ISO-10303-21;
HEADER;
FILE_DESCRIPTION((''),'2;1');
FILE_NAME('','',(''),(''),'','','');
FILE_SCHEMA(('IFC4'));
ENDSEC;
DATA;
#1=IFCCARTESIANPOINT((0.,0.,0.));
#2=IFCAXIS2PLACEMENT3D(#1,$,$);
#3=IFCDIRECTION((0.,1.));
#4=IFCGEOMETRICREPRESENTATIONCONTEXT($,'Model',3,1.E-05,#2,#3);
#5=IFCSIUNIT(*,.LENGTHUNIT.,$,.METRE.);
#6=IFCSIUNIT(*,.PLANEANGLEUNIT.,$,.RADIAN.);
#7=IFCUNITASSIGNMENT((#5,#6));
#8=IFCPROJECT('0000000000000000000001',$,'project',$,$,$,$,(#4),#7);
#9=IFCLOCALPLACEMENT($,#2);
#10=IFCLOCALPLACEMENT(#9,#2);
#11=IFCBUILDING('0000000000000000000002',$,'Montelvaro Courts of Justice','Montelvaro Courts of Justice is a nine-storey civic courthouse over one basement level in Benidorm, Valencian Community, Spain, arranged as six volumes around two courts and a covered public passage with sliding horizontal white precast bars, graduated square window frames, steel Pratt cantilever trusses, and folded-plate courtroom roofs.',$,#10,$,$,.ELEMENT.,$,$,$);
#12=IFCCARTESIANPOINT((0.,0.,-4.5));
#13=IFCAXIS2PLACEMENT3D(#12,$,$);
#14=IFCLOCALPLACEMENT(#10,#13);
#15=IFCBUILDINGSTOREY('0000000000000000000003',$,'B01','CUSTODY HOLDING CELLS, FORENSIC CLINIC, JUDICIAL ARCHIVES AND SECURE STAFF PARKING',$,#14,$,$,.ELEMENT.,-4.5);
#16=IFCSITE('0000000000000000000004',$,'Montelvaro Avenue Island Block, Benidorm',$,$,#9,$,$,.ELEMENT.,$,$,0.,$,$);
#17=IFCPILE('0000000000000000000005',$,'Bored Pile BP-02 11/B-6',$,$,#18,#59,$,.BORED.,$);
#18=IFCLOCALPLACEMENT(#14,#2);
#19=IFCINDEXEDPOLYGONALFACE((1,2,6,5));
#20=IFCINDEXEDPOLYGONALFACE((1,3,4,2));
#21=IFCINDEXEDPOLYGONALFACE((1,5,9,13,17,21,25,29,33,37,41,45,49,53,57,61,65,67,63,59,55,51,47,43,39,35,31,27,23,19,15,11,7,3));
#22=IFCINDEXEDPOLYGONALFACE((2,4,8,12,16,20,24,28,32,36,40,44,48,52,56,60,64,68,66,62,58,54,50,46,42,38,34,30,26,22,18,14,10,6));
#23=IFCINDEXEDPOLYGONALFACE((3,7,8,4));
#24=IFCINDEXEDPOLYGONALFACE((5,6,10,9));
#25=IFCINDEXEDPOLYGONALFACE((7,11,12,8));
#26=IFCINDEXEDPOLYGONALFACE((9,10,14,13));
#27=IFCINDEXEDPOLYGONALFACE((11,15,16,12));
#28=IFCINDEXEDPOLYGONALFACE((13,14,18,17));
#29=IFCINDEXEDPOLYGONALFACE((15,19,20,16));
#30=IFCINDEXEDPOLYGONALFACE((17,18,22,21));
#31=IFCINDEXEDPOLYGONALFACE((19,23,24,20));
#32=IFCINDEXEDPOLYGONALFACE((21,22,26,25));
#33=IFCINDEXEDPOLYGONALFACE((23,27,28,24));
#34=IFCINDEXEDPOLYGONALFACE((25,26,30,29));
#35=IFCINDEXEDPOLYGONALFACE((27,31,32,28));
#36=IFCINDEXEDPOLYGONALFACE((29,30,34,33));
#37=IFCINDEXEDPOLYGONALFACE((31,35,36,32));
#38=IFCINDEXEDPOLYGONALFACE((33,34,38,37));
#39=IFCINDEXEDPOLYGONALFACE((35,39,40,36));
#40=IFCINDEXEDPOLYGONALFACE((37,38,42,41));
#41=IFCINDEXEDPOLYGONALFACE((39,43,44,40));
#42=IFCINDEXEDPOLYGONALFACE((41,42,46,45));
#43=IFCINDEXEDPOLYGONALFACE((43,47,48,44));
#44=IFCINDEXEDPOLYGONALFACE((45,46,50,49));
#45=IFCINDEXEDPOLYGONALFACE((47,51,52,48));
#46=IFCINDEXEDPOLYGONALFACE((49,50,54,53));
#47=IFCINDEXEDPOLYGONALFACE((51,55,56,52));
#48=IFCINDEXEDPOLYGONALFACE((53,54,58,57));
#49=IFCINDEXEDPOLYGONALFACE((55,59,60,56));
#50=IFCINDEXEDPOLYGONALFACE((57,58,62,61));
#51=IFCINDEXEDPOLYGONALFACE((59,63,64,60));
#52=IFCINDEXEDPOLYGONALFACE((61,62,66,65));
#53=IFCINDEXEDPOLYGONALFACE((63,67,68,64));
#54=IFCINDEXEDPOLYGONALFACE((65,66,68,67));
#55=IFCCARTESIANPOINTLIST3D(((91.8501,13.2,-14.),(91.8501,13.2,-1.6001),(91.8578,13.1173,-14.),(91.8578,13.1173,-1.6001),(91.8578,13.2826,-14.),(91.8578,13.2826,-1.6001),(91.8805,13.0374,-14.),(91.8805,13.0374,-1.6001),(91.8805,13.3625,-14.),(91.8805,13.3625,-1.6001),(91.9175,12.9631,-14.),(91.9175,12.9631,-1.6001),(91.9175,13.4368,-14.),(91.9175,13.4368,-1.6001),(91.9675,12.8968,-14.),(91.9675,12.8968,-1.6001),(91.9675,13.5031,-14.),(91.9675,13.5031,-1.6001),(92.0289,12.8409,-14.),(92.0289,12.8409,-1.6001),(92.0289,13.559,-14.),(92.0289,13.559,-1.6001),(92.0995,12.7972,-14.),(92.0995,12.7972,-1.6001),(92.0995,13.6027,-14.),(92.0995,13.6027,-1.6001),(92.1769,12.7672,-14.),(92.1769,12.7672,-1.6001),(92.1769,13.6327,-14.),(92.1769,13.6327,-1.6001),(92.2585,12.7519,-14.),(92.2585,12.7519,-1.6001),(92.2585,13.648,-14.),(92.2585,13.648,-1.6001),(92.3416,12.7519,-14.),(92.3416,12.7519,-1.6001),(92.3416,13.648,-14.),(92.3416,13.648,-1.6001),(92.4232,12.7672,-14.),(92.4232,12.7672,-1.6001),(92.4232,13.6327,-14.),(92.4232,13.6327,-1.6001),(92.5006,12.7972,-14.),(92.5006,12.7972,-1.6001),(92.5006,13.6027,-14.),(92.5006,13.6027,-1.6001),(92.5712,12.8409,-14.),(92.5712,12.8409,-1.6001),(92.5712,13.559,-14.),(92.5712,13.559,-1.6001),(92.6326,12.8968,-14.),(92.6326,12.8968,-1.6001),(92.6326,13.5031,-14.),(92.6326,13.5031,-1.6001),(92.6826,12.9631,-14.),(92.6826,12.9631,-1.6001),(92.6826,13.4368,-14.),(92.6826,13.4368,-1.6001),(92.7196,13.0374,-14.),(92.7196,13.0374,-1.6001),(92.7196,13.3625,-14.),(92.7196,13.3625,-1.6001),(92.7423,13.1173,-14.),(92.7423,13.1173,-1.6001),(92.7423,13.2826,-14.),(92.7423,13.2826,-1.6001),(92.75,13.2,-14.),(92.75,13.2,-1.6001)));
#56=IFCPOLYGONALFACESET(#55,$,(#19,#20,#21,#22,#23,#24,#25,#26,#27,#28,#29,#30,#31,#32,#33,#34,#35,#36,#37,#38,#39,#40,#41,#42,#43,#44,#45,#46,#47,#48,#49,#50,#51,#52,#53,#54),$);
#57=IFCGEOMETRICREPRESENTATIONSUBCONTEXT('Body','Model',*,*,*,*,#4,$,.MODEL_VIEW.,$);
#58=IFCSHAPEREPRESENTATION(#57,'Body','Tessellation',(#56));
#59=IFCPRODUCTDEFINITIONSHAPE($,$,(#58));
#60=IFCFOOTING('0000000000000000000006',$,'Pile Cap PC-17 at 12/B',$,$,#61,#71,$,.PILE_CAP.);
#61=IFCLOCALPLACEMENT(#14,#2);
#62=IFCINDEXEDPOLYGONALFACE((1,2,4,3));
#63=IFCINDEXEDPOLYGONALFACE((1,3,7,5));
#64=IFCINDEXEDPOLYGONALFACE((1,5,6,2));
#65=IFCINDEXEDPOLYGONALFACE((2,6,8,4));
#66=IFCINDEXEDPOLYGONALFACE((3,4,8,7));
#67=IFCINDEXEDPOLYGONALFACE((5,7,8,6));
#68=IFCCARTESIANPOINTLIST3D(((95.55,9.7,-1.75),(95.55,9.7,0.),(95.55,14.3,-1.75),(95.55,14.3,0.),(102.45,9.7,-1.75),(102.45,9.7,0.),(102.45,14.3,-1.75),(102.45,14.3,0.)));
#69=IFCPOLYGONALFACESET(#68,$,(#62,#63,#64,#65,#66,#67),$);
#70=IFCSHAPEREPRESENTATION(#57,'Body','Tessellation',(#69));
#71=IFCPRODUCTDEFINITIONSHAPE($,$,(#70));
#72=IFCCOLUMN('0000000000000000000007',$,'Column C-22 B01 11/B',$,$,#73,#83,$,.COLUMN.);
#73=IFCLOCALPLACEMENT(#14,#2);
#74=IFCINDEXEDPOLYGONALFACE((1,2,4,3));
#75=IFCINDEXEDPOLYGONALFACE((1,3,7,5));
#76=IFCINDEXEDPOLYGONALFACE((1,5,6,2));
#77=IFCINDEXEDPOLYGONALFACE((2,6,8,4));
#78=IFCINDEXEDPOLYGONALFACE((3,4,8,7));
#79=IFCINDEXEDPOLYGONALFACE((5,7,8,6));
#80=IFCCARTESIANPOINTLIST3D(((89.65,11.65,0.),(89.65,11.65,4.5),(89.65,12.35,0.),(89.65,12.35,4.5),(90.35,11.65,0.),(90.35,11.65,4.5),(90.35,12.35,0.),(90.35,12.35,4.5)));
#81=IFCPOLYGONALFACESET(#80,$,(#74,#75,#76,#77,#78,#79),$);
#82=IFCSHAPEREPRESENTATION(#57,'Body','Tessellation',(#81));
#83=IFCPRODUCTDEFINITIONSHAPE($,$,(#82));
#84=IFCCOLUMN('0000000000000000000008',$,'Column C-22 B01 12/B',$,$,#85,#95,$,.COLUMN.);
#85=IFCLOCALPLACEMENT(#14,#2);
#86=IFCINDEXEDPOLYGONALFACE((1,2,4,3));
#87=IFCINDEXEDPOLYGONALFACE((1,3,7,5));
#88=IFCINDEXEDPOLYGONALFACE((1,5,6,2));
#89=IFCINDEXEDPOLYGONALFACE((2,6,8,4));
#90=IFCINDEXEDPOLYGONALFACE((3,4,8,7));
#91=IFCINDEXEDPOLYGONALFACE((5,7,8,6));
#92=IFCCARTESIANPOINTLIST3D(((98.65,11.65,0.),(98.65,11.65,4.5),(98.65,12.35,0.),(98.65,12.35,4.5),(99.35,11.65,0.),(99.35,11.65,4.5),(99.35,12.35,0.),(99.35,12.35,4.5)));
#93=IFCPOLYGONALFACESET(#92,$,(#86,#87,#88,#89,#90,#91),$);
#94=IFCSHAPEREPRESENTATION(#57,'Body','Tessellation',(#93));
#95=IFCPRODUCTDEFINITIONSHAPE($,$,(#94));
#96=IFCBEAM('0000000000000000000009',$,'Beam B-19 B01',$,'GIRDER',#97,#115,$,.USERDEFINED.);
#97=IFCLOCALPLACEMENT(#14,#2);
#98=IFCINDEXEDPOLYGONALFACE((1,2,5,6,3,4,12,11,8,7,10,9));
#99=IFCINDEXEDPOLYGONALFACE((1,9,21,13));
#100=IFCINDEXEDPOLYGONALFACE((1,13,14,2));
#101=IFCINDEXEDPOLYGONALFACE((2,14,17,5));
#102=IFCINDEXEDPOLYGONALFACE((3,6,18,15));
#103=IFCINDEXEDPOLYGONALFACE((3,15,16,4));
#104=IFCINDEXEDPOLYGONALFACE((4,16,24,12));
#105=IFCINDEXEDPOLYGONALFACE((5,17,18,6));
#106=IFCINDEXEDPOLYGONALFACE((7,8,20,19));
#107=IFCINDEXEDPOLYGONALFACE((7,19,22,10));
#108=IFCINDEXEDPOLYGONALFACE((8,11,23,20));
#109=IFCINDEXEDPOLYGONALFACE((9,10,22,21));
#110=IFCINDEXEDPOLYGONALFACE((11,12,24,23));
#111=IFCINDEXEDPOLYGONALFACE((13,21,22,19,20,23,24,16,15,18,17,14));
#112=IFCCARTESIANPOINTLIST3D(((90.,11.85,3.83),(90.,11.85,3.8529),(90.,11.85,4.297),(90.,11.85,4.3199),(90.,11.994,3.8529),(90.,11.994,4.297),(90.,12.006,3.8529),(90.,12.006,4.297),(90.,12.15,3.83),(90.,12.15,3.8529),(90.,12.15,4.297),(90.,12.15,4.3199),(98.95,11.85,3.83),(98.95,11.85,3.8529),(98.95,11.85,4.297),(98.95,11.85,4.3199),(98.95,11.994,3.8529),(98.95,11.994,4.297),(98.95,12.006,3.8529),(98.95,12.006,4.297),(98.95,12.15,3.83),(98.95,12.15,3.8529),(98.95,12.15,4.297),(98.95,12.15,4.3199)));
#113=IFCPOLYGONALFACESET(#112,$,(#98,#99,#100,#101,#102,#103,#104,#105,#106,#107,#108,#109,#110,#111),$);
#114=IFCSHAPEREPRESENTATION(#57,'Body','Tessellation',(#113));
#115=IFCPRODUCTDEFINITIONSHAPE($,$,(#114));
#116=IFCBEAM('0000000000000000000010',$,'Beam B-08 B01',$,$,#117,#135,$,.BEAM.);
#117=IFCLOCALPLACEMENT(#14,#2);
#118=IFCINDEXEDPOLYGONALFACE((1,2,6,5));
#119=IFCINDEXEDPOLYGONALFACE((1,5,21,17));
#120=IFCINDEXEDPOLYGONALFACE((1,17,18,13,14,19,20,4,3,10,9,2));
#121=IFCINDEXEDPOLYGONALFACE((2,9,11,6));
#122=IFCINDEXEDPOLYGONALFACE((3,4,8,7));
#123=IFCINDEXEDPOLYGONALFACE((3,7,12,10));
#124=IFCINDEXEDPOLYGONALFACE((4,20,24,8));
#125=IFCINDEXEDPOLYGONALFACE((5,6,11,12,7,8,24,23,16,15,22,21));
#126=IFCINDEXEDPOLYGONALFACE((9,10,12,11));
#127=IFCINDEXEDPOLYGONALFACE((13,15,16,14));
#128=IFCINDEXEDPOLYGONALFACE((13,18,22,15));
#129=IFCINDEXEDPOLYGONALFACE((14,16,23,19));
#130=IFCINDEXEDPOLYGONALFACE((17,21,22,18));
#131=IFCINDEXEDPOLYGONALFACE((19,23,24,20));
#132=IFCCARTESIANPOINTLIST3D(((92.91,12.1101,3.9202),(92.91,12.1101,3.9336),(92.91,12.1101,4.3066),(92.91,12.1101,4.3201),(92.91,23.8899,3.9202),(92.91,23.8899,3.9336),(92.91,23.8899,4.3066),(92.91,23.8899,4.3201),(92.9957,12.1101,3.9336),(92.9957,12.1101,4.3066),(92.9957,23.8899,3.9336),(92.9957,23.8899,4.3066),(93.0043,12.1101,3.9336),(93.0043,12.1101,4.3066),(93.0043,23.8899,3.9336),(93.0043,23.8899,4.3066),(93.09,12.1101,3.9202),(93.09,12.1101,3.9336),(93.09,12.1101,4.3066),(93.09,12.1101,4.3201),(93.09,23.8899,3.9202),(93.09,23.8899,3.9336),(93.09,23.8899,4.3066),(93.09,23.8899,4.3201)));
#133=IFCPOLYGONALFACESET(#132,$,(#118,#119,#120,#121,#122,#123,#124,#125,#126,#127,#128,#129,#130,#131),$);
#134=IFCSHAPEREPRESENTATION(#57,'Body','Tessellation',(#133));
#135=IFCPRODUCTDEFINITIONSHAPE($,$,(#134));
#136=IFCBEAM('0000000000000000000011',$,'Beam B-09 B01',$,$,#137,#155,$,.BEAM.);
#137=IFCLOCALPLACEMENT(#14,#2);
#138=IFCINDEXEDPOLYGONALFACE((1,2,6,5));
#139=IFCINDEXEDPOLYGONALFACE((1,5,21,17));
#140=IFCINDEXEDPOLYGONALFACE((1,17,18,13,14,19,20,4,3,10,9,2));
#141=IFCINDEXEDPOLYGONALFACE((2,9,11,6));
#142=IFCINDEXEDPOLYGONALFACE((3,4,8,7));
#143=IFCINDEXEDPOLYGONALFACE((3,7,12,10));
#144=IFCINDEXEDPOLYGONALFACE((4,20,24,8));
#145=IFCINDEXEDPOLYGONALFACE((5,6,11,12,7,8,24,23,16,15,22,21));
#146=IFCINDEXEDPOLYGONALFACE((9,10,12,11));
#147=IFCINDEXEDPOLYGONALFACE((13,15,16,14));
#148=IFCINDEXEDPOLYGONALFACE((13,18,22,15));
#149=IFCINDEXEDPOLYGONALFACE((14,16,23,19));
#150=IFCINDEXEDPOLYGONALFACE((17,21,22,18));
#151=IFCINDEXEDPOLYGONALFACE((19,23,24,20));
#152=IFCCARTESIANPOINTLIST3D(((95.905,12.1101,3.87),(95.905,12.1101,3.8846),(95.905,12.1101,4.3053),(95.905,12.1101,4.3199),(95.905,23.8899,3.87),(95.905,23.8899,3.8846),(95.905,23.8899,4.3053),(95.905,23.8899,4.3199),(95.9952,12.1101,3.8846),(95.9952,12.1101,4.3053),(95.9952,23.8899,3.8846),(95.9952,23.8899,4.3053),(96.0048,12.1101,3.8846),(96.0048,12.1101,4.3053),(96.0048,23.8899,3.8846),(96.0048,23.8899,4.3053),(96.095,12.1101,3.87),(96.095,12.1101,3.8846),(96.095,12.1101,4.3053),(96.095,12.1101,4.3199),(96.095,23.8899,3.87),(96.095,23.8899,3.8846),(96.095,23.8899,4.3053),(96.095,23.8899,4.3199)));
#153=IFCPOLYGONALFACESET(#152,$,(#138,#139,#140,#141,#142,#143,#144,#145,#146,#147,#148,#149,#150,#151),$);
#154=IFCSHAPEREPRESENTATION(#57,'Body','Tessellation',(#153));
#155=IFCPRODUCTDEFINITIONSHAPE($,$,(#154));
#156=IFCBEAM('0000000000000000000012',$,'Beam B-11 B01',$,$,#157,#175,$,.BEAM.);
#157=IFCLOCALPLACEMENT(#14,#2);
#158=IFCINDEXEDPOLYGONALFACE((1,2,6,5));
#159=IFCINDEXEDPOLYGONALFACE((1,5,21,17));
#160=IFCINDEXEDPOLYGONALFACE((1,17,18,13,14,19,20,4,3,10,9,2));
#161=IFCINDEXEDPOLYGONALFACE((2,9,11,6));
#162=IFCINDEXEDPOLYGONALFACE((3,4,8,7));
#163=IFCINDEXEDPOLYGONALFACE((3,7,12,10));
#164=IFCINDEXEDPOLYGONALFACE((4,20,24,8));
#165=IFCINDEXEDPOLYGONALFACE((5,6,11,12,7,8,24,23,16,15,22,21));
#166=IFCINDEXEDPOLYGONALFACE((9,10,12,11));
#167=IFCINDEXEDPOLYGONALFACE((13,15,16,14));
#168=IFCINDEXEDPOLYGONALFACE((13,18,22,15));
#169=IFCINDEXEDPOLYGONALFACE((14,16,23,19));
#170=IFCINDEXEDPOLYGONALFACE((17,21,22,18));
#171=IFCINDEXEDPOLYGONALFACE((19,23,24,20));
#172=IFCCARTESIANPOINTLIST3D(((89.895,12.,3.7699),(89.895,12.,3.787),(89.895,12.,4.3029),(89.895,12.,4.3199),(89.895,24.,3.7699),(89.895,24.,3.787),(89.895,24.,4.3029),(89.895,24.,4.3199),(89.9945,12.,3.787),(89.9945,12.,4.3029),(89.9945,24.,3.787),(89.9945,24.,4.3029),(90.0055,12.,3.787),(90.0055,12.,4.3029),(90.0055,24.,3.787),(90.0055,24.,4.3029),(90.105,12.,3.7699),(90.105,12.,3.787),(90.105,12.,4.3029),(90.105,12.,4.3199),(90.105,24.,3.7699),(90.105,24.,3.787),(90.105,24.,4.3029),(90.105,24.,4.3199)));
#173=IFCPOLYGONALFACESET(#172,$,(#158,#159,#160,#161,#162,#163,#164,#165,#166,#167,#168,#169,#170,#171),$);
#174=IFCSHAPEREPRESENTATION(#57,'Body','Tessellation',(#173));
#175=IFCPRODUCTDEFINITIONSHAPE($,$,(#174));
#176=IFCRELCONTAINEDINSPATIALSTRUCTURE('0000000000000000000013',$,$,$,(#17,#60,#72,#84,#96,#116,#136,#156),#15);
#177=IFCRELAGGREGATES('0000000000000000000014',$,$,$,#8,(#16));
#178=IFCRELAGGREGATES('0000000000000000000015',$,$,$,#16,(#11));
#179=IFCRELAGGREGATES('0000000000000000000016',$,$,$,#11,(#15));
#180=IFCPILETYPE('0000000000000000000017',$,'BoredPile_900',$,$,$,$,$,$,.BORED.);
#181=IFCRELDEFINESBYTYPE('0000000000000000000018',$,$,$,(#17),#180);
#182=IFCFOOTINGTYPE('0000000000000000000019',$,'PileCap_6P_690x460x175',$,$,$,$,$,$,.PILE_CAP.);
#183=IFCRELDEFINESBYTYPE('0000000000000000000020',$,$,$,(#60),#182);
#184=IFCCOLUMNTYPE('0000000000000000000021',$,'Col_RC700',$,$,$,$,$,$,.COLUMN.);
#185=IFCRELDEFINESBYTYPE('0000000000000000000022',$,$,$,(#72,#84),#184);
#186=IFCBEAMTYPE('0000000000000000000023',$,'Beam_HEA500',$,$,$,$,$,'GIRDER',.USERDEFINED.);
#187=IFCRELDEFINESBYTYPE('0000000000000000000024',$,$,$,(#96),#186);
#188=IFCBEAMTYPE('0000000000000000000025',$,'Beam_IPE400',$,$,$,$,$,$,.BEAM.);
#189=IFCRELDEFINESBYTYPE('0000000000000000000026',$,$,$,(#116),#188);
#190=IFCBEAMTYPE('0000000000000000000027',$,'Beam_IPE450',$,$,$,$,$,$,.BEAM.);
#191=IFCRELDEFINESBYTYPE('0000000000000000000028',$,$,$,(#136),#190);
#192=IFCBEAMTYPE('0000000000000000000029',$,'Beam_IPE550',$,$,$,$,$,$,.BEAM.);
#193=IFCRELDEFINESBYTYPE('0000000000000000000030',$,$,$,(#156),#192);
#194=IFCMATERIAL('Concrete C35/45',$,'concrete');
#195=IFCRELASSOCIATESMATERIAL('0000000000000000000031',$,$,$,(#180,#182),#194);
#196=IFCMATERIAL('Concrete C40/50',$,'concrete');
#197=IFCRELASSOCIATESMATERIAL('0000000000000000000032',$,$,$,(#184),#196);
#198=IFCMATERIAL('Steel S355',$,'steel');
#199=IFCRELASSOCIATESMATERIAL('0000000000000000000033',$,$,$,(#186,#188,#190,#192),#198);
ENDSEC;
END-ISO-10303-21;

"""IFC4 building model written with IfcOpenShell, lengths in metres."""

from ifc_helpers import new_model, si_unit, direction, frame, origin, origin_2d, place, context, subcontext, project, spatial, rectangle, circle, i_section, extrude, material, material_profile, profile_set, type_object, element, save


model = new_model("IFC4")

# Units and contexts
model_context = context("Model", 3, precision=1e-05, world=origin(), true_north=direction((0.0, 1.0)))
body_context = subcontext(model_context, "Body", "Model", "MODEL_VIEW")
ifc_project = project(units=[si_unit("LENGTHUNIT", "METRE"), si_unit("PLANEANGLEUNIT", "RADIAN")], contexts=[model_context])

# Site, building, storey
site_placement = place(None, origin())
site = spatial("IfcSite", under=ifc_project, at=site_placement, Name="Montelvaro Avenue Island Block, Benidorm", CompositionType="ELEMENT", RefElevation=0.0)
building_placement = place(site_placement, origin())
building = spatial("IfcBuilding", under=site, at=building_placement, Name="Montelvaro Courts of Justice", Description="Montelvaro Courts of Justice is a nine-storey civic courthouse over one basement level in Benidorm, Valencian Community, Spain, arranged as six volumes around two courts and a covered public passage with sliding horizontal white precast bars, graduated square window frames, steel Pratt cantilever trusses, and folded-plate courtroom roofs.", CompositionType="ELEMENT")
storey_placement = place(building_placement, frame((0.0, 0.0, -4.5)))
storey = spatial("IfcBuildingStorey", under=building, at=storey_placement, Name="B01", Description="CUSTODY HOLDING CELLS, FORENSIC CLINIC, JUDICIAL ARCHIVES AND SECURE STAFF PARKING", CompositionType="ELEMENT", Elevation=-4.5)

# Pile
ifc_material_1 = material(Name="Concrete C35/45", Category="concrete")
ifc_material_profile_1 = material_profile(ifc_material_1, circle(Radius=0.45, at=origin_2d()), Name="BORED PILE D900")
ifc_profile_set_1 = profile_set([ifc_material_profile_1], Name="Concrete C35/45")
pile_type_1 = type_object("IfcPileType", Name="BoredPile_900", PredefinedType="BORED", material=ifc_profile_set_1)
for number, where, z_axis, x_axis, name in (
    (1, (92.3, 13.2, -1.6001), (0.0, 0.0, -1.0), (1.0, 0.0, 0.0), "Bored Pile BP-02 11/B-6"),
):
    element("IfcPile", number, at=place(storey_placement, frame(where, z_axis=z_axis, x_axis=x_axis)), inside=storey, type_object=pile_type_1, Name=name, PredefinedType="BORED", context=body_context, shape_type="SweptSolid", body=[
        extrude(circle(Radius=0.45, at=origin_2d()), origin(), (0.0, 0.0, 1.0), 12.3999),
    ])

# Footing
footing_type = type_object("IfcFootingType", Name="PileCap_6P_690x460x175", PredefinedType="PILE_CAP", material=ifc_material_1)
footing_placement = place(storey_placement, frame((99.0, 12.0, -1.75), z_axis=(0.0, 0.0, 1.0), x_axis=(1.0, 0.0, 0.0)))
element("IfcFooting", 2, at=footing_placement, inside=storey, type_object=footing_type, Name="Pile Cap PC-17 at 12/B", PredefinedType="PILE_CAP", context=body_context, shape_type="SweptSolid", body=[
    extrude(rectangle(XDim=6.8999, YDim=4.6001, at=origin_2d()), origin(), (0.0, 0.0, 1.0), 1.75),
])

# Columns
ifc_material_2 = material(Name="Concrete C40/50", Category="concrete")
ifc_material_profile_2 = material_profile(ifc_material_2, rectangle(XDim=0.7, YDim=0.7, at=origin_2d()), Name="RC 700x700")
ifc_profile_set_2 = profile_set([ifc_material_profile_2], Name="Concrete C40/50")
column_type = type_object("IfcColumnType", Name="Col_RC700", PredefinedType="COLUMN", material=ifc_profile_set_2)
for number, where, z_axis, x_axis, name in (
    (3, (90.0, 12.0, 0.0), (0.0, 0.0, 1.0), (1.0, 0.0, 0.0), "Column C-22 B01 11/B"),
    (4, (99.0, 12.0, 0.0), (0.0, 0.0, 1.0), (1.0, 0.0, 0.0), "Column C-22 B01 12/B"),
):
    element("IfcColumn", number, at=place(storey_placement, frame(where, z_axis=z_axis, x_axis=x_axis)), inside=storey, type_object=column_type, Name=name, PredefinedType="COLUMN", context=body_context, shape_type="SweptSolid", body=[
        extrude(rectangle(XDim=0.7, YDim=0.7, at=origin_2d()), origin(), (0.0, 0.0, 1.0), 4.5),
    ])

# Beams
ifc_material_3 = material(Name="Steel S355", Category="steel")
ifc_material_profile_3 = material_profile(ifc_material_3, i_section(OverallWidth=0.3, OverallDepth=0.49, WebThickness=0.012, FlangeThickness=0.0229, at=origin_2d()), Name="HEA 500")
ifc_profile_set_3 = profile_set([ifc_material_profile_3], Name="Steel S355")
beam_type_1 = type_object("IfcBeamType", Name="Beam_HEA500", ElementType="GIRDER", PredefinedType="USERDEFINED", material=ifc_profile_set_3)
beam_1_placement = place(storey_placement, frame((90.0, 12.0, 4.075), z_axis=(1.0, 0.0, 0.0), x_axis=(0.0, 1.0, 0.0)))
element("IfcBeam", 5, at=beam_1_placement, inside=storey, type_object=beam_type_1, Name="Beam B-19 B01", ObjectType="GIRDER", PredefinedType="USERDEFINED", context=body_context, shape_type="SweptSolid", body=[
    extrude(i_section(OverallWidth=0.3, OverallDepth=0.49, WebThickness=0.012, FlangeThickness=0.0229, at=origin_2d()), origin(), (0.0, 0.0, 1.0), 8.95),
])
ifc_material_profile_4 = material_profile(ifc_material_3, i_section(OverallWidth=0.1799, OverallDepth=0.3999, WebThickness=0.0085, FlangeThickness=0.0134, at=origin_2d()), Name="IPE 400")
ifc_profile_set_4 = profile_set([ifc_material_profile_4], Name="Steel S355")
beam_type_2 = type_object("IfcBeamType", Name="Beam_IPE400", PredefinedType="BEAM", material=ifc_profile_set_4)
beam_2_placement = place(storey_placement, frame((93.0, 12.1101, 4.1201), z_axis=(0.0, 1.0, 0.0), x_axis=(-1.0, 0.0, 0.0)))
element("IfcBeam", 6, at=beam_2_placement, inside=storey, type_object=beam_type_2, Name="Beam B-08 B01", PredefinedType="BEAM", context=body_context, shape_type="SweptSolid", body=[
    extrude(i_section(OverallWidth=0.1799, OverallDepth=0.3999, WebThickness=0.0085, FlangeThickness=0.0134, at=origin_2d()), origin(), (0.0, 0.0, 1.0), 11.7798),
])
ifc_material_profile_5 = material_profile(ifc_material_3, i_section(OverallWidth=0.1899, OverallDepth=0.45, WebThickness=0.0095, FlangeThickness=0.0146, at=origin_2d()), Name="IPE 450")
ifc_profile_set_5 = profile_set([ifc_material_profile_5], Name="Steel S355")
beam_type_3 = type_object("IfcBeamType", Name="Beam_IPE450", PredefinedType="BEAM", material=ifc_profile_set_5)
beam_3_placement = place(storey_placement, frame((96.0, 12.1101, 4.095), z_axis=(0.0, 1.0, 0.0), x_axis=(-1.0, 0.0, 0.0)))
element("IfcBeam", 7, at=beam_3_placement, inside=storey, type_object=beam_type_3, Name="Beam B-09 B01", PredefinedType="BEAM", context=body_context, shape_type="SweptSolid", body=[
    extrude(i_section(OverallWidth=0.1899, OverallDepth=0.45, WebThickness=0.0095, FlangeThickness=0.0146, at=origin_2d()), origin(), (0.0, 0.0, 1.0), 11.7798),
])
ifc_material_profile_6 = material_profile(ifc_material_3, i_section(OverallWidth=0.21, OverallDepth=0.55, WebThickness=0.011, FlangeThickness=0.0171, at=origin_2d()), Name="IPE 550")
ifc_profile_set_6 = profile_set([ifc_material_profile_6], Name="Steel S355")
beam_type_4 = type_object("IfcBeamType", Name="Beam_IPE550", PredefinedType="BEAM", material=ifc_profile_set_6)
beam_4_placement = place(storey_placement, frame((90.0, 12.0, 4.0449), z_axis=(0.0, 1.0, 0.0), x_axis=(-1.0, 0.0, 0.0)))
element("IfcBeam", 8, at=beam_4_placement, inside=storey, type_object=beam_type_4, Name="Beam B-11 B01", PredefinedType="BEAM", context=body_context, shape_type="SweptSolid", body=[
    extrude(i_section(OverallWidth=0.21, OverallDepth=0.55, WebThickness=0.011, FlangeThickness=0.0171, at=origin_2d()), origin(), (0.0, 0.0, 1.0), 12.0),
])

save(model, "model.ifc")
